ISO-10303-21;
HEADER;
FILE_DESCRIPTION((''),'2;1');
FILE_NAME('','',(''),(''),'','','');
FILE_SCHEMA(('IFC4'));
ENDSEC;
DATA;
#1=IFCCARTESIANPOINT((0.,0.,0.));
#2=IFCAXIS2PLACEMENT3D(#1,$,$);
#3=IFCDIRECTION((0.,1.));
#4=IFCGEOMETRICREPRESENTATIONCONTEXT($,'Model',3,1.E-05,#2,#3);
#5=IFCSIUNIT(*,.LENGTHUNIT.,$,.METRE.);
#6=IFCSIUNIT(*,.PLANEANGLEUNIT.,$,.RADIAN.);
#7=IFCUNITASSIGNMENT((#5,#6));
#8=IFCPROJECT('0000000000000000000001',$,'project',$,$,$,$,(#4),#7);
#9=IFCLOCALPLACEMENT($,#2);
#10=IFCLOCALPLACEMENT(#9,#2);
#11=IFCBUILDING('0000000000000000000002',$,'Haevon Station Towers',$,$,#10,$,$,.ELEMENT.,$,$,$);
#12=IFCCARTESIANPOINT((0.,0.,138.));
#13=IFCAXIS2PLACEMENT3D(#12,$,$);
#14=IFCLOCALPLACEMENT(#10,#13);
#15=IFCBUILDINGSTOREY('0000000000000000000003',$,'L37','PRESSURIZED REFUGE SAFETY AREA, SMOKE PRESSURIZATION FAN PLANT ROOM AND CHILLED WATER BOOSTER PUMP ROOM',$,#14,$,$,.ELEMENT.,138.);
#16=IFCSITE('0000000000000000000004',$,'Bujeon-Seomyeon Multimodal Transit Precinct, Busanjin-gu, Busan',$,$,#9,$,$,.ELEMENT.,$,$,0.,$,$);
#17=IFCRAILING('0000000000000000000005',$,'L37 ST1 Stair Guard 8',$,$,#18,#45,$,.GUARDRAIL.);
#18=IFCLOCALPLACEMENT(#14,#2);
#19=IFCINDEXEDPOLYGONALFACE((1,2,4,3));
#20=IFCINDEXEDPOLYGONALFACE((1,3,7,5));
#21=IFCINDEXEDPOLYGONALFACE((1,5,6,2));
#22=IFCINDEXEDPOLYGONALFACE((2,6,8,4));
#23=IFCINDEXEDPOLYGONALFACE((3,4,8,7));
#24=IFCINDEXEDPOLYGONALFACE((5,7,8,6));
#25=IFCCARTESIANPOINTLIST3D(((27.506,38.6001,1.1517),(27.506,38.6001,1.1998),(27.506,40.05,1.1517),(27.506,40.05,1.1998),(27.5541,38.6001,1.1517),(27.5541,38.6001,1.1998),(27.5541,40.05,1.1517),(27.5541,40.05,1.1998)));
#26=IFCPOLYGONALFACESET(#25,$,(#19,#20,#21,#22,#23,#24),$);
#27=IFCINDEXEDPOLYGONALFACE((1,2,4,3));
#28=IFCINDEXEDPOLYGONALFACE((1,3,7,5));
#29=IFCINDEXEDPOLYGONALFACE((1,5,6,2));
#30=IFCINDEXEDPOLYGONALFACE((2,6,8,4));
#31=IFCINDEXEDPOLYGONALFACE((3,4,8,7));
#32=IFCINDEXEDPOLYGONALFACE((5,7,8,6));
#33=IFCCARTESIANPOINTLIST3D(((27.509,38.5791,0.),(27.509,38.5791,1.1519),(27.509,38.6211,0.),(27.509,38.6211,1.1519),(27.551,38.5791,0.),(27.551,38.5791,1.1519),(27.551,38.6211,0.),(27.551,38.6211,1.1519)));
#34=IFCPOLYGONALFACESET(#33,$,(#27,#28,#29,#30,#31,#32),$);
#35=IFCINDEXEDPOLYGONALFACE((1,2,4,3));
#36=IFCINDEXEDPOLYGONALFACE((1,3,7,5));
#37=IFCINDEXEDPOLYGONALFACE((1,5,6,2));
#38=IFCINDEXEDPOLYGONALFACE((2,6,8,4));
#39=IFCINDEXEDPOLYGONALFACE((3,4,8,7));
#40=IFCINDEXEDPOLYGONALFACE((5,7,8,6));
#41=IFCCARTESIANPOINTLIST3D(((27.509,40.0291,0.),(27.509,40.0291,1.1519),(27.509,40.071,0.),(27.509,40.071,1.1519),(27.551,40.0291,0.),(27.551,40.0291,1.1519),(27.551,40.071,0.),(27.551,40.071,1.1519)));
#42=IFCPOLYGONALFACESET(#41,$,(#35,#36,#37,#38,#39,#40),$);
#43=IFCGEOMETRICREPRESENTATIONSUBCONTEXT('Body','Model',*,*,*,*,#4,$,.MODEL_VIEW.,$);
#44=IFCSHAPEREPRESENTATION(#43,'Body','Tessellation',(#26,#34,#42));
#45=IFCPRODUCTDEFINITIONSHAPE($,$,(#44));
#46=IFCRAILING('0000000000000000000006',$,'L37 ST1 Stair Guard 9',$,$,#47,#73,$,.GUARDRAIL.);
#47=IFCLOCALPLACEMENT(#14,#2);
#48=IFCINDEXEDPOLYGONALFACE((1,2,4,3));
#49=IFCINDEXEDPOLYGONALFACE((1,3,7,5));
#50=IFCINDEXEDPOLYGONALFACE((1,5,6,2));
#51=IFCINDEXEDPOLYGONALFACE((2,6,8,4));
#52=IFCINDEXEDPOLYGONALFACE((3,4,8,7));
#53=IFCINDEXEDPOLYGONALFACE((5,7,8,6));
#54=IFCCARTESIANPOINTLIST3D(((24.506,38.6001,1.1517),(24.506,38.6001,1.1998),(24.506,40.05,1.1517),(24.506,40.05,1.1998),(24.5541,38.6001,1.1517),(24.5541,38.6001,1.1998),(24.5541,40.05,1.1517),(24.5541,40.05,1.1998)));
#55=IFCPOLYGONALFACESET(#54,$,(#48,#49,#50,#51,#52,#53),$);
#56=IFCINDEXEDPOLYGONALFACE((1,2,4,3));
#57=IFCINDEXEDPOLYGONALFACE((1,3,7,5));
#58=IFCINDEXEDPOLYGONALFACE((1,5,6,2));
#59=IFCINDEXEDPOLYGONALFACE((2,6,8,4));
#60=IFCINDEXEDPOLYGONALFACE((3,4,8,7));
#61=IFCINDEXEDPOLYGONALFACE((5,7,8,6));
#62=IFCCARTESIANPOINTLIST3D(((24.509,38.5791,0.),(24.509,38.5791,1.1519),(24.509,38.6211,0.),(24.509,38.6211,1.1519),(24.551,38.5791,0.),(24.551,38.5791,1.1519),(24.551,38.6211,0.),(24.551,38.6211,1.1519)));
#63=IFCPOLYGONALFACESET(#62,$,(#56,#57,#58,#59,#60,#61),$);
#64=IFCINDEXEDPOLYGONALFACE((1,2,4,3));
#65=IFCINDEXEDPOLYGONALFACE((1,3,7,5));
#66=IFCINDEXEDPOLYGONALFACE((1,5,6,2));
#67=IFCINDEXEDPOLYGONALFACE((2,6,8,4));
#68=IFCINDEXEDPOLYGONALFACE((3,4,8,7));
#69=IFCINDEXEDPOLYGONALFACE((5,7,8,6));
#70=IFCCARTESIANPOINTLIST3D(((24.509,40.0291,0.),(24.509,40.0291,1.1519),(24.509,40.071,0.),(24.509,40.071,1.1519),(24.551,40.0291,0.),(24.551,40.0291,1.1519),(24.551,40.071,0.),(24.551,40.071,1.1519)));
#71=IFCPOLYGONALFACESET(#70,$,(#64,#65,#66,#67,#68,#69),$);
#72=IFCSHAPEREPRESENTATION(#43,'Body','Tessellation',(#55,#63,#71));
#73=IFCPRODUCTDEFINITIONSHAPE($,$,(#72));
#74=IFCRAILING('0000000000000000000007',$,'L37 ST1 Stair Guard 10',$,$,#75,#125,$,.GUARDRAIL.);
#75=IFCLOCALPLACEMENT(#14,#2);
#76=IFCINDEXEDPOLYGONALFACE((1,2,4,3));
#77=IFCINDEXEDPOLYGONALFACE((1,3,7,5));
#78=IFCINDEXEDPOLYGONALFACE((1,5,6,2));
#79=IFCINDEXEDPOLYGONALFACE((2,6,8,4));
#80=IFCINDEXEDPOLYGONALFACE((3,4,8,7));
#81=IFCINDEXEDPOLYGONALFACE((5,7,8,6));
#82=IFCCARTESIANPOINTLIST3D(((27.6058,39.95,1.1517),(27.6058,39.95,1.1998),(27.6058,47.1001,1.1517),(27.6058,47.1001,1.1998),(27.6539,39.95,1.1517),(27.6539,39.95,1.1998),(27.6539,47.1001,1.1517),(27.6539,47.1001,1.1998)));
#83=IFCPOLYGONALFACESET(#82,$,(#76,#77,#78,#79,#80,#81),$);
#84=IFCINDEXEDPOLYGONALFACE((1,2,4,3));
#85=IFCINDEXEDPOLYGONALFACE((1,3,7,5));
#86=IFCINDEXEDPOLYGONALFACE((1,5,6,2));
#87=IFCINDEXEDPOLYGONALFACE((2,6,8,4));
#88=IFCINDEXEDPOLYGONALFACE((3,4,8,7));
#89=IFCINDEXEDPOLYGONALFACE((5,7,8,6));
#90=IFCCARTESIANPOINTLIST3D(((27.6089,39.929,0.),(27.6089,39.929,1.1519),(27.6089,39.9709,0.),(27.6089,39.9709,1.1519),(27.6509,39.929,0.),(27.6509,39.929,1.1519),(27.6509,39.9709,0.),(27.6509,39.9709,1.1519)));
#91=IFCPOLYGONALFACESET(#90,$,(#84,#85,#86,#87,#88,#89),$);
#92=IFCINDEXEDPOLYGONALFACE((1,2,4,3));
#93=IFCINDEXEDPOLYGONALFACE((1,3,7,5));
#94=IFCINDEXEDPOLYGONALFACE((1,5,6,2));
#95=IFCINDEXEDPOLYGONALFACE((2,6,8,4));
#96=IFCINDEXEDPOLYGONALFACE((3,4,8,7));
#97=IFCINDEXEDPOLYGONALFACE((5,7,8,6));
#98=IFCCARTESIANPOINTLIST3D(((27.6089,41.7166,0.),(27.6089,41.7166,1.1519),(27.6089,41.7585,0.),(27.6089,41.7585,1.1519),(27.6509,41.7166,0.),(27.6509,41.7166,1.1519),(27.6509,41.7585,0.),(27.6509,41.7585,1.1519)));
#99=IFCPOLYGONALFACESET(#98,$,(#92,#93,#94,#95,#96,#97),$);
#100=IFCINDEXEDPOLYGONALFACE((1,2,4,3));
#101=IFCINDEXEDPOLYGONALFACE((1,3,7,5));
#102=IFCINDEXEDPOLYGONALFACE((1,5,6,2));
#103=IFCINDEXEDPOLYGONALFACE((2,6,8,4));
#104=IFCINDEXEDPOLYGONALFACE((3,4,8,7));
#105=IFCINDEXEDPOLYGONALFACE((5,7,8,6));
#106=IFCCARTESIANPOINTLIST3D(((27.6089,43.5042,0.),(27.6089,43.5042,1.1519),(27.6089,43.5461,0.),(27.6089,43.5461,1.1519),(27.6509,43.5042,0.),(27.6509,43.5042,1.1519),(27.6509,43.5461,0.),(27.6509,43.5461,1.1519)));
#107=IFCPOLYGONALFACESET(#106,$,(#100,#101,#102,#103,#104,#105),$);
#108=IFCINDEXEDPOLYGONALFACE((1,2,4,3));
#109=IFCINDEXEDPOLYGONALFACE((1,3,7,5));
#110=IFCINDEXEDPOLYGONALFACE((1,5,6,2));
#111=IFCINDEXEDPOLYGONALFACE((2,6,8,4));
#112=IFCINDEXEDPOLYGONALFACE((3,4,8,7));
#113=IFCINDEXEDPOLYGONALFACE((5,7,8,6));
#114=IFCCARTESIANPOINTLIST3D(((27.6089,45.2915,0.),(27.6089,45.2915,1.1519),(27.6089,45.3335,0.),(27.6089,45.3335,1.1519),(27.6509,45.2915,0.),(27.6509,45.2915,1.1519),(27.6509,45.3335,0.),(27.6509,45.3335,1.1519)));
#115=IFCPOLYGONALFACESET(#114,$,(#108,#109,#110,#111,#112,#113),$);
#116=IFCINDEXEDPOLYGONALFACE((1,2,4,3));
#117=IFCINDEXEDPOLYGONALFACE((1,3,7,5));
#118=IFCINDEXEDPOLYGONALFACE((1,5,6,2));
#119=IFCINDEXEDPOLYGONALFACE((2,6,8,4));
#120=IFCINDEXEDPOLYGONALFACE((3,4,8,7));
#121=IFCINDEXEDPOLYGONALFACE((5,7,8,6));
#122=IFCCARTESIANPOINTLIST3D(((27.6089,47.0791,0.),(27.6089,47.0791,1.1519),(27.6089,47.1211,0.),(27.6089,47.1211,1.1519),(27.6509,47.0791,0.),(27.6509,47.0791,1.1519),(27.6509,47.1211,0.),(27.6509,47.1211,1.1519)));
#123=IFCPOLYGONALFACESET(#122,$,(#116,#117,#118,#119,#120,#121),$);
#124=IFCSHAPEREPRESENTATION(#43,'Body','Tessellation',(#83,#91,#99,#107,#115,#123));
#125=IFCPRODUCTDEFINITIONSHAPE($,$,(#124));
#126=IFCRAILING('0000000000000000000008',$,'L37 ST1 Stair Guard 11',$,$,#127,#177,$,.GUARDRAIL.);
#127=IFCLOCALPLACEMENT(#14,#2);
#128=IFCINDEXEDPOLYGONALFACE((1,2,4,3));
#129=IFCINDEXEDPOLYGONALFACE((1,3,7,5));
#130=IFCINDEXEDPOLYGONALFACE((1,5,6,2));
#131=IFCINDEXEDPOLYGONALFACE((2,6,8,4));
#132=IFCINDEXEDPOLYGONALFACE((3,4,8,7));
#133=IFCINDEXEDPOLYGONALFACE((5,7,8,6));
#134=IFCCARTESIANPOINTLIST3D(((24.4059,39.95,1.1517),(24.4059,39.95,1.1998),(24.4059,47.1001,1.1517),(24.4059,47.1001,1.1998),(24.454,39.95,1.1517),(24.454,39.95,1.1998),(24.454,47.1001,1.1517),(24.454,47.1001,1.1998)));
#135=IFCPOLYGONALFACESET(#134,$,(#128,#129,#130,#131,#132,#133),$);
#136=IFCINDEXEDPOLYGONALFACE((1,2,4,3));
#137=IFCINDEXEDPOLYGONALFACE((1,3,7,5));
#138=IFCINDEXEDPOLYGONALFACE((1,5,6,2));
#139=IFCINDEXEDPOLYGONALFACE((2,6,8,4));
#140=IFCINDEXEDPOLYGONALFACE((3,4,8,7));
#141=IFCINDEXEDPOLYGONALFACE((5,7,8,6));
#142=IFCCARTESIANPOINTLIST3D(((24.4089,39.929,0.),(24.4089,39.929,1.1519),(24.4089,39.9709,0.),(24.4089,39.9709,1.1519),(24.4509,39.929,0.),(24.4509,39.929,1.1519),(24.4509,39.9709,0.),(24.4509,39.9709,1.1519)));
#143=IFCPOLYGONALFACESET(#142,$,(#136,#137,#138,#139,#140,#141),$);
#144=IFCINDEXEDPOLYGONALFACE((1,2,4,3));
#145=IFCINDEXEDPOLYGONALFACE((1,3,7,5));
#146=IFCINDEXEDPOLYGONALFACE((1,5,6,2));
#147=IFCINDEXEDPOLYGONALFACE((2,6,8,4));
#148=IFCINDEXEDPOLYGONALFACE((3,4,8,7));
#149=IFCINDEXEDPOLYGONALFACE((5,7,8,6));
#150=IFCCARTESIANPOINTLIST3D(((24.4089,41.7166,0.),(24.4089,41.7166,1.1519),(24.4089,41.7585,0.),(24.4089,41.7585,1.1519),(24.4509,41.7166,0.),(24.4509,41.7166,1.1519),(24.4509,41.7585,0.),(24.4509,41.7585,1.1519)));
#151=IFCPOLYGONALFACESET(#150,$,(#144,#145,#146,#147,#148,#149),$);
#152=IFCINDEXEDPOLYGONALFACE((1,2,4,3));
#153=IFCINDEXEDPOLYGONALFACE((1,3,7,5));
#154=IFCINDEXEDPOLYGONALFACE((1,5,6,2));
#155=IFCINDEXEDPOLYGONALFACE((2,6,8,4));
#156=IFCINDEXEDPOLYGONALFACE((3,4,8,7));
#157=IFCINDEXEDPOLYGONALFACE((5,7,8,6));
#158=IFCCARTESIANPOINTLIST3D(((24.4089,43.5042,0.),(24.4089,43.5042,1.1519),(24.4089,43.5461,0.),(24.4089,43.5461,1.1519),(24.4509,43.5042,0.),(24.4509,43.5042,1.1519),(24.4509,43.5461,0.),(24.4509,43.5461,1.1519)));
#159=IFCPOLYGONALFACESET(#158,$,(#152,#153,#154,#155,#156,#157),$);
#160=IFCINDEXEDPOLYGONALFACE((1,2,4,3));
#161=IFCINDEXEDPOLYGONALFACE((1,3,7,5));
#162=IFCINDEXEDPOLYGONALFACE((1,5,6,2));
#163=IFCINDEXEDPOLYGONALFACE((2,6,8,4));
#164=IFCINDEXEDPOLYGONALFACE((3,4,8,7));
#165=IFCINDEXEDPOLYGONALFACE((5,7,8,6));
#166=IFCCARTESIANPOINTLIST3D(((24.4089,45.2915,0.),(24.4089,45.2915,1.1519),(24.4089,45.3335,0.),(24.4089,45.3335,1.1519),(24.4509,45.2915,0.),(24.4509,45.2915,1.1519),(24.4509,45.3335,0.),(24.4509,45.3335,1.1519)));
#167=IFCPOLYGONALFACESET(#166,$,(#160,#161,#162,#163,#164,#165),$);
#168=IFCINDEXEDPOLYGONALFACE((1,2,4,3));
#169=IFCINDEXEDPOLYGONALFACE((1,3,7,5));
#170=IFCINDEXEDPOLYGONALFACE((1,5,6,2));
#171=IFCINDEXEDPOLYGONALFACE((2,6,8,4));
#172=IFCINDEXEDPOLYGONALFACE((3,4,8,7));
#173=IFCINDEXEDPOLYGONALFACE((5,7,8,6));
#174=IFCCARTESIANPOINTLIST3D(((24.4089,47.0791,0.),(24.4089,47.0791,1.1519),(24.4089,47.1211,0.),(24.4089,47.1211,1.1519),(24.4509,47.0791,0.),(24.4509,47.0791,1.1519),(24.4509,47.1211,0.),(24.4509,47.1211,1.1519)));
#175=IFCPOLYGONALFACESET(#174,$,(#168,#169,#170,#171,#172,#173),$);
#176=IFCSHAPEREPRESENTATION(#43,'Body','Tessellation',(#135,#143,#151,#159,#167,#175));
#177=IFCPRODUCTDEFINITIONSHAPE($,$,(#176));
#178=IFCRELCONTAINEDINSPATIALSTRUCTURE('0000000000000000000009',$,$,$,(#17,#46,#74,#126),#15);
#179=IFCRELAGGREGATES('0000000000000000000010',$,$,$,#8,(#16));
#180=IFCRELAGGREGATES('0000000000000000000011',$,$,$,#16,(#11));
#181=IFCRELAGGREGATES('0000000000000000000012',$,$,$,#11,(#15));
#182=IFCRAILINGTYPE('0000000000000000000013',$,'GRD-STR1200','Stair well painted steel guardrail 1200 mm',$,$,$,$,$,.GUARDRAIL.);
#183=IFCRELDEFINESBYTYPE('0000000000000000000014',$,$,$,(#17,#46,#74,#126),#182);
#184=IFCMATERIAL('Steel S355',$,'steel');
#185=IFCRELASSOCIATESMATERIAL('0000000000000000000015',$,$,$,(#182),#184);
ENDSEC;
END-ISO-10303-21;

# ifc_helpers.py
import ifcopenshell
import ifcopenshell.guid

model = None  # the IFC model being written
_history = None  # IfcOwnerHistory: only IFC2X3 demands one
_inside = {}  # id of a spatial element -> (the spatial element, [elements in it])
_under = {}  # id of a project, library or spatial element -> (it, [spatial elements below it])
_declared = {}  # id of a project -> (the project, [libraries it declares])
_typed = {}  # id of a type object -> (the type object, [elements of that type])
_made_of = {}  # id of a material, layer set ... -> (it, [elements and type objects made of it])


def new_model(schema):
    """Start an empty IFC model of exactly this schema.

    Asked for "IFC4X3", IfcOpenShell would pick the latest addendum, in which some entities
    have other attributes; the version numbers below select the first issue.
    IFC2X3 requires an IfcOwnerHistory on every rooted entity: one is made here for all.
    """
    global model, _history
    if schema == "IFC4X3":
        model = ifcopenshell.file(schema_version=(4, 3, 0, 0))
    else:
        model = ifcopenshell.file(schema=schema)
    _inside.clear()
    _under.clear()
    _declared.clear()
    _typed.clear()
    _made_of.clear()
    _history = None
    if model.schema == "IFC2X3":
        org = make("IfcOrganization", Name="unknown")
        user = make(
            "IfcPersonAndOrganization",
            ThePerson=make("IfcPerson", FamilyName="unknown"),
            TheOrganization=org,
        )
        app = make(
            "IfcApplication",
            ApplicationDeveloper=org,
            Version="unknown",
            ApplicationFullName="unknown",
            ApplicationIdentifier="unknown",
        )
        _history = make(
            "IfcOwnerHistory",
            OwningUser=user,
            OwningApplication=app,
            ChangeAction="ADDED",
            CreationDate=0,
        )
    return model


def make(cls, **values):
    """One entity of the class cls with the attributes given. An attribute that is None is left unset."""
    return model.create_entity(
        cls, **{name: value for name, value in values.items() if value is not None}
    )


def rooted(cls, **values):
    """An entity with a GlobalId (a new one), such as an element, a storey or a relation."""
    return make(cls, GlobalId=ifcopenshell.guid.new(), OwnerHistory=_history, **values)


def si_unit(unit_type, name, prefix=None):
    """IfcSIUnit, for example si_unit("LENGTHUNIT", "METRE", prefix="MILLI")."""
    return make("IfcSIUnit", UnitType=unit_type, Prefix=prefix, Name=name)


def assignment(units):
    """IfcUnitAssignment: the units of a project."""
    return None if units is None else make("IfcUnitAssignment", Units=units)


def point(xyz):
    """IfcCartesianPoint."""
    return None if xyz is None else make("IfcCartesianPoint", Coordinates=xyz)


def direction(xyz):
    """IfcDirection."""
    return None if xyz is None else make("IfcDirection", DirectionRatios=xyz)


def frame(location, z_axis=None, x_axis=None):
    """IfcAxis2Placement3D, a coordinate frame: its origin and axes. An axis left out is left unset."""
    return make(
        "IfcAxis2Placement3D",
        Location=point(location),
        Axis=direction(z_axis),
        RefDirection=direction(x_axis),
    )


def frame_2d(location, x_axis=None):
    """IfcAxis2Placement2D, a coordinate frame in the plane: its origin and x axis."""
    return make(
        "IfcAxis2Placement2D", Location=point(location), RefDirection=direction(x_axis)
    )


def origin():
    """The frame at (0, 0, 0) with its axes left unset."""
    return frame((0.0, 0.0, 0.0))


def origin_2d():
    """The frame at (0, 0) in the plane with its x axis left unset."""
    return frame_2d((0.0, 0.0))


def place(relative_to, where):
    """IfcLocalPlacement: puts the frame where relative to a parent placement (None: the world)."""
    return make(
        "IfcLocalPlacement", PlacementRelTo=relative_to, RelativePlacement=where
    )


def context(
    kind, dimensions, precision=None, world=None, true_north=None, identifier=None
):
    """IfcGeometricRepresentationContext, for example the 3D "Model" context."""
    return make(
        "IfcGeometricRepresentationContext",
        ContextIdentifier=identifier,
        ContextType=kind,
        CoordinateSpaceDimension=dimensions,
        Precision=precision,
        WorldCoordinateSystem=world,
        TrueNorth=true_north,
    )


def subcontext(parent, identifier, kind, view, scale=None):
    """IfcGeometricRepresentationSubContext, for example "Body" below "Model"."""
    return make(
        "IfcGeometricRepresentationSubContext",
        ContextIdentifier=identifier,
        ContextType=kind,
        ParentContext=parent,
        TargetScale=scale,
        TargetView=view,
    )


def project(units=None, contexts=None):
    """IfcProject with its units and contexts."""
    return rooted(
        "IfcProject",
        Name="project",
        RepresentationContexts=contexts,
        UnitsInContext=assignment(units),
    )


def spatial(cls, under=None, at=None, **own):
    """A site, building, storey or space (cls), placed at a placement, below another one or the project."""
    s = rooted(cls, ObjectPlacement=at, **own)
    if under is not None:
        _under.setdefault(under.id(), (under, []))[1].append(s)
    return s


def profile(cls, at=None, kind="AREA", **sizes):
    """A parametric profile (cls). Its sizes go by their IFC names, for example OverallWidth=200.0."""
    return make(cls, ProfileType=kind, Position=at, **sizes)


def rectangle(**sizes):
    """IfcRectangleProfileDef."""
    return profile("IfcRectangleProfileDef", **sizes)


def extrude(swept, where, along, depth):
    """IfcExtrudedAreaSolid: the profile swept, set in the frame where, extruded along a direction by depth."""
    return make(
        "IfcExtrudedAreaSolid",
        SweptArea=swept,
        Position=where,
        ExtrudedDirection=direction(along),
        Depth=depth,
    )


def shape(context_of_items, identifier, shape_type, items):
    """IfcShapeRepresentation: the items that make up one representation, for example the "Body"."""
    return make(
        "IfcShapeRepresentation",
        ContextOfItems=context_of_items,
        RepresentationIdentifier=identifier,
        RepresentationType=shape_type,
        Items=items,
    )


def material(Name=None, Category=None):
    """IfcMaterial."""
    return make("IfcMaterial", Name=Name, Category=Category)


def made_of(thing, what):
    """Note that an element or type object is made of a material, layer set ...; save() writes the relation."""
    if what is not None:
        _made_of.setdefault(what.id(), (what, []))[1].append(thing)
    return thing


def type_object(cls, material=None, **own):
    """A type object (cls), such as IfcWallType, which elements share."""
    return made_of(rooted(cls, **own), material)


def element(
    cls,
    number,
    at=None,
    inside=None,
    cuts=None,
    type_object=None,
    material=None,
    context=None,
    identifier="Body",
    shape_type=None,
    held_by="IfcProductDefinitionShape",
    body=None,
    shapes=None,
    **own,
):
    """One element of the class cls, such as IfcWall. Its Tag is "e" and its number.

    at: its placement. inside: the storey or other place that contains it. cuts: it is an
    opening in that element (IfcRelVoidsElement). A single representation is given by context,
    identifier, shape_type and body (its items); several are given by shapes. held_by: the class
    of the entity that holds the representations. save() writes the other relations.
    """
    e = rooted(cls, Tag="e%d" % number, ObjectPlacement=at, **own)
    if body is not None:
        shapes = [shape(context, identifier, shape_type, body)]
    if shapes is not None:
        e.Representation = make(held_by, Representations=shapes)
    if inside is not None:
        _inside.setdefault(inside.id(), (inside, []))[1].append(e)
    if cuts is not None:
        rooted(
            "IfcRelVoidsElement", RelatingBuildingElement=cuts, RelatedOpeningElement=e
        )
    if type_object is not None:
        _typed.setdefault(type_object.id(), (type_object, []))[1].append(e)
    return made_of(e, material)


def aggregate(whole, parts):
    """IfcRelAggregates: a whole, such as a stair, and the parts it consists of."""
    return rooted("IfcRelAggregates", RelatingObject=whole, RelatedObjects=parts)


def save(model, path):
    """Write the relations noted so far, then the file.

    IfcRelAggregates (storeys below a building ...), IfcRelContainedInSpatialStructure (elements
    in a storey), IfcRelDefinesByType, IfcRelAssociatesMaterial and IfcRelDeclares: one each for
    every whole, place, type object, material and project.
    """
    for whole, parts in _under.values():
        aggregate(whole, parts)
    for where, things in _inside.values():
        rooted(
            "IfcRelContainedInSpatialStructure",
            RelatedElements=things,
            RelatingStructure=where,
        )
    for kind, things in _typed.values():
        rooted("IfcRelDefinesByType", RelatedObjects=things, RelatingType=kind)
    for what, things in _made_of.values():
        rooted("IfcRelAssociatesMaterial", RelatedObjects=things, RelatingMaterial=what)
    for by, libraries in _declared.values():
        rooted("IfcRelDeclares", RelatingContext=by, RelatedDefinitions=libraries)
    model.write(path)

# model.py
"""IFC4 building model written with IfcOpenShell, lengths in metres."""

from ifc_helpers import new_model, si_unit, direction, frame, origin, origin_2d, place, context, subcontext, project, spatial, rectangle, extrude, material, type_object, element, save


model = new_model("IFC4")

# Units and contexts
model_context = context("Model", 3, precision=1e-05, world=origin(), true_north=direction((0.0, 1.0)))
body_context = subcontext(model_context, "Body", "Model", "MODEL_VIEW")
ifc_project = project(units=[si_unit("LENGTHUNIT", "METRE"), si_unit("PLANEANGLEUNIT", "RADIAN")], contexts=[model_context])

# Site, building, storey
site_placement = place(None, origin())
site = spatial("IfcSite", under=ifc_project, at=site_placement, Name="Bujeon-Seomyeon Multimodal Transit Precinct, Busanjin-gu, Busan", CompositionType="ELEMENT", RefElevation=0.0)
building_placement = place(site_placement, origin())
building = spatial("IfcBuilding", under=site, at=building_placement, Name="Haevon Station Towers", CompositionType="ELEMENT")
storey_placement = place(building_placement, frame((0.0, 0.0, 138.0)))
storey = spatial("IfcBuildingStorey", under=building, at=storey_placement, Name="L37", Description="PRESSURIZED REFUGE SAFETY AREA, SMOKE PRESSURIZATION FAN PLANT ROOM AND CHILLED WATER BOOSTER PUMP ROOM", CompositionType="ELEMENT", Elevation=138.0)

# Shared definitions
ifc_material_1 = material(Name="Steel S355", Category="steel")

# Railings
railing_type = type_object("IfcRailingType", Name="GRD-STR1200", Description="Stair well painted steel guardrail 1200 mm", PredefinedType="GUARDRAIL", material=ifc_material_1)
for number, where, name in (
    (1, (27.53, 38.6001, 0.0), "L37 ST1 Stair Guard 8"),
    (2, (24.53, 38.6001, 0.0), "L37 ST1 Stair Guard 9"),
):
    element("IfcRailing", number, at=place(storey_placement, frame(where)), inside=storey, type_object=railing_type, Name=name, PredefinedType="GUARDRAIL", context=body_context, shape_type="SweptSolid", body=[
        extrude(rectangle(XDim=0.0481, YDim=0.0481, at=origin_2d()), frame((0.0, 0.0, 1.1758), z_axis=(0.0, 1.0, 0.0), x_axis=(-1.0, 0.0, 0.0)), (0.0, 0.0, 1.0), 1.45),
        extrude(rectangle(XDim=0.042, YDim=0.042, at=origin_2d()), origin(), (0.0, 0.0, 1.0), 1.1519),
        extrude(rectangle(XDim=0.042, YDim=0.042, at=origin_2d()), frame((0.0, 1.45, 0.0)), (0.0, 0.0, 1.0), 1.1519),
    ])
for number, where, name in (
    (3, (27.6299, 39.95, 0.0), "L37 ST1 Stair Guard 10"),
    (4, (24.4299, 39.95, 0.0), "L37 ST1 Stair Guard 11"),
):
    element("IfcRailing", number, at=place(storey_placement, frame(where)), inside=storey, type_object=railing_type, Name=name, PredefinedType="GUARDRAIL", context=body_context, shape_type="SweptSolid", body=[
        extrude(rectangle(XDim=0.0481, YDim=0.0481, at=origin_2d()), frame((0.0, 0.0, 1.1758), z_axis=(0.0, 1.0, 0.0), x_axis=(-1.0, 0.0, 0.0)), (0.0, 0.0, 1.0), 7.1501),
        extrude(rectangle(XDim=0.042, YDim=0.042, at=origin_2d()), origin(), (0.0, 0.0, 1.0), 1.1519),
        extrude(rectangle(XDim=0.042, YDim=0.042, at=origin_2d()), frame((0.0, 1.7876, 0.0)), (0.0, 0.0, 1.0), 1.1519),
        extrude(rectangle(XDim=0.042, YDim=0.042, at=origin_2d()), frame((0.0, 3.5752, 0.0)), (0.0, 0.0, 1.0), 1.1519),
        extrude(rectangle(XDim=0.042, YDim=0.042, at=origin_2d()), frame((0.0, 5.3625, 0.0)), (0.0, 0.0, 1.0), 1.1519),
        extrude(rectangle(XDim=0.042, YDim=0.042, at=origin_2d()), frame((0.0, 7.1501, 0.0)), (0.0, 0.0, 1.0), 1.1519),
    ])

save(model, "model.ifc")
